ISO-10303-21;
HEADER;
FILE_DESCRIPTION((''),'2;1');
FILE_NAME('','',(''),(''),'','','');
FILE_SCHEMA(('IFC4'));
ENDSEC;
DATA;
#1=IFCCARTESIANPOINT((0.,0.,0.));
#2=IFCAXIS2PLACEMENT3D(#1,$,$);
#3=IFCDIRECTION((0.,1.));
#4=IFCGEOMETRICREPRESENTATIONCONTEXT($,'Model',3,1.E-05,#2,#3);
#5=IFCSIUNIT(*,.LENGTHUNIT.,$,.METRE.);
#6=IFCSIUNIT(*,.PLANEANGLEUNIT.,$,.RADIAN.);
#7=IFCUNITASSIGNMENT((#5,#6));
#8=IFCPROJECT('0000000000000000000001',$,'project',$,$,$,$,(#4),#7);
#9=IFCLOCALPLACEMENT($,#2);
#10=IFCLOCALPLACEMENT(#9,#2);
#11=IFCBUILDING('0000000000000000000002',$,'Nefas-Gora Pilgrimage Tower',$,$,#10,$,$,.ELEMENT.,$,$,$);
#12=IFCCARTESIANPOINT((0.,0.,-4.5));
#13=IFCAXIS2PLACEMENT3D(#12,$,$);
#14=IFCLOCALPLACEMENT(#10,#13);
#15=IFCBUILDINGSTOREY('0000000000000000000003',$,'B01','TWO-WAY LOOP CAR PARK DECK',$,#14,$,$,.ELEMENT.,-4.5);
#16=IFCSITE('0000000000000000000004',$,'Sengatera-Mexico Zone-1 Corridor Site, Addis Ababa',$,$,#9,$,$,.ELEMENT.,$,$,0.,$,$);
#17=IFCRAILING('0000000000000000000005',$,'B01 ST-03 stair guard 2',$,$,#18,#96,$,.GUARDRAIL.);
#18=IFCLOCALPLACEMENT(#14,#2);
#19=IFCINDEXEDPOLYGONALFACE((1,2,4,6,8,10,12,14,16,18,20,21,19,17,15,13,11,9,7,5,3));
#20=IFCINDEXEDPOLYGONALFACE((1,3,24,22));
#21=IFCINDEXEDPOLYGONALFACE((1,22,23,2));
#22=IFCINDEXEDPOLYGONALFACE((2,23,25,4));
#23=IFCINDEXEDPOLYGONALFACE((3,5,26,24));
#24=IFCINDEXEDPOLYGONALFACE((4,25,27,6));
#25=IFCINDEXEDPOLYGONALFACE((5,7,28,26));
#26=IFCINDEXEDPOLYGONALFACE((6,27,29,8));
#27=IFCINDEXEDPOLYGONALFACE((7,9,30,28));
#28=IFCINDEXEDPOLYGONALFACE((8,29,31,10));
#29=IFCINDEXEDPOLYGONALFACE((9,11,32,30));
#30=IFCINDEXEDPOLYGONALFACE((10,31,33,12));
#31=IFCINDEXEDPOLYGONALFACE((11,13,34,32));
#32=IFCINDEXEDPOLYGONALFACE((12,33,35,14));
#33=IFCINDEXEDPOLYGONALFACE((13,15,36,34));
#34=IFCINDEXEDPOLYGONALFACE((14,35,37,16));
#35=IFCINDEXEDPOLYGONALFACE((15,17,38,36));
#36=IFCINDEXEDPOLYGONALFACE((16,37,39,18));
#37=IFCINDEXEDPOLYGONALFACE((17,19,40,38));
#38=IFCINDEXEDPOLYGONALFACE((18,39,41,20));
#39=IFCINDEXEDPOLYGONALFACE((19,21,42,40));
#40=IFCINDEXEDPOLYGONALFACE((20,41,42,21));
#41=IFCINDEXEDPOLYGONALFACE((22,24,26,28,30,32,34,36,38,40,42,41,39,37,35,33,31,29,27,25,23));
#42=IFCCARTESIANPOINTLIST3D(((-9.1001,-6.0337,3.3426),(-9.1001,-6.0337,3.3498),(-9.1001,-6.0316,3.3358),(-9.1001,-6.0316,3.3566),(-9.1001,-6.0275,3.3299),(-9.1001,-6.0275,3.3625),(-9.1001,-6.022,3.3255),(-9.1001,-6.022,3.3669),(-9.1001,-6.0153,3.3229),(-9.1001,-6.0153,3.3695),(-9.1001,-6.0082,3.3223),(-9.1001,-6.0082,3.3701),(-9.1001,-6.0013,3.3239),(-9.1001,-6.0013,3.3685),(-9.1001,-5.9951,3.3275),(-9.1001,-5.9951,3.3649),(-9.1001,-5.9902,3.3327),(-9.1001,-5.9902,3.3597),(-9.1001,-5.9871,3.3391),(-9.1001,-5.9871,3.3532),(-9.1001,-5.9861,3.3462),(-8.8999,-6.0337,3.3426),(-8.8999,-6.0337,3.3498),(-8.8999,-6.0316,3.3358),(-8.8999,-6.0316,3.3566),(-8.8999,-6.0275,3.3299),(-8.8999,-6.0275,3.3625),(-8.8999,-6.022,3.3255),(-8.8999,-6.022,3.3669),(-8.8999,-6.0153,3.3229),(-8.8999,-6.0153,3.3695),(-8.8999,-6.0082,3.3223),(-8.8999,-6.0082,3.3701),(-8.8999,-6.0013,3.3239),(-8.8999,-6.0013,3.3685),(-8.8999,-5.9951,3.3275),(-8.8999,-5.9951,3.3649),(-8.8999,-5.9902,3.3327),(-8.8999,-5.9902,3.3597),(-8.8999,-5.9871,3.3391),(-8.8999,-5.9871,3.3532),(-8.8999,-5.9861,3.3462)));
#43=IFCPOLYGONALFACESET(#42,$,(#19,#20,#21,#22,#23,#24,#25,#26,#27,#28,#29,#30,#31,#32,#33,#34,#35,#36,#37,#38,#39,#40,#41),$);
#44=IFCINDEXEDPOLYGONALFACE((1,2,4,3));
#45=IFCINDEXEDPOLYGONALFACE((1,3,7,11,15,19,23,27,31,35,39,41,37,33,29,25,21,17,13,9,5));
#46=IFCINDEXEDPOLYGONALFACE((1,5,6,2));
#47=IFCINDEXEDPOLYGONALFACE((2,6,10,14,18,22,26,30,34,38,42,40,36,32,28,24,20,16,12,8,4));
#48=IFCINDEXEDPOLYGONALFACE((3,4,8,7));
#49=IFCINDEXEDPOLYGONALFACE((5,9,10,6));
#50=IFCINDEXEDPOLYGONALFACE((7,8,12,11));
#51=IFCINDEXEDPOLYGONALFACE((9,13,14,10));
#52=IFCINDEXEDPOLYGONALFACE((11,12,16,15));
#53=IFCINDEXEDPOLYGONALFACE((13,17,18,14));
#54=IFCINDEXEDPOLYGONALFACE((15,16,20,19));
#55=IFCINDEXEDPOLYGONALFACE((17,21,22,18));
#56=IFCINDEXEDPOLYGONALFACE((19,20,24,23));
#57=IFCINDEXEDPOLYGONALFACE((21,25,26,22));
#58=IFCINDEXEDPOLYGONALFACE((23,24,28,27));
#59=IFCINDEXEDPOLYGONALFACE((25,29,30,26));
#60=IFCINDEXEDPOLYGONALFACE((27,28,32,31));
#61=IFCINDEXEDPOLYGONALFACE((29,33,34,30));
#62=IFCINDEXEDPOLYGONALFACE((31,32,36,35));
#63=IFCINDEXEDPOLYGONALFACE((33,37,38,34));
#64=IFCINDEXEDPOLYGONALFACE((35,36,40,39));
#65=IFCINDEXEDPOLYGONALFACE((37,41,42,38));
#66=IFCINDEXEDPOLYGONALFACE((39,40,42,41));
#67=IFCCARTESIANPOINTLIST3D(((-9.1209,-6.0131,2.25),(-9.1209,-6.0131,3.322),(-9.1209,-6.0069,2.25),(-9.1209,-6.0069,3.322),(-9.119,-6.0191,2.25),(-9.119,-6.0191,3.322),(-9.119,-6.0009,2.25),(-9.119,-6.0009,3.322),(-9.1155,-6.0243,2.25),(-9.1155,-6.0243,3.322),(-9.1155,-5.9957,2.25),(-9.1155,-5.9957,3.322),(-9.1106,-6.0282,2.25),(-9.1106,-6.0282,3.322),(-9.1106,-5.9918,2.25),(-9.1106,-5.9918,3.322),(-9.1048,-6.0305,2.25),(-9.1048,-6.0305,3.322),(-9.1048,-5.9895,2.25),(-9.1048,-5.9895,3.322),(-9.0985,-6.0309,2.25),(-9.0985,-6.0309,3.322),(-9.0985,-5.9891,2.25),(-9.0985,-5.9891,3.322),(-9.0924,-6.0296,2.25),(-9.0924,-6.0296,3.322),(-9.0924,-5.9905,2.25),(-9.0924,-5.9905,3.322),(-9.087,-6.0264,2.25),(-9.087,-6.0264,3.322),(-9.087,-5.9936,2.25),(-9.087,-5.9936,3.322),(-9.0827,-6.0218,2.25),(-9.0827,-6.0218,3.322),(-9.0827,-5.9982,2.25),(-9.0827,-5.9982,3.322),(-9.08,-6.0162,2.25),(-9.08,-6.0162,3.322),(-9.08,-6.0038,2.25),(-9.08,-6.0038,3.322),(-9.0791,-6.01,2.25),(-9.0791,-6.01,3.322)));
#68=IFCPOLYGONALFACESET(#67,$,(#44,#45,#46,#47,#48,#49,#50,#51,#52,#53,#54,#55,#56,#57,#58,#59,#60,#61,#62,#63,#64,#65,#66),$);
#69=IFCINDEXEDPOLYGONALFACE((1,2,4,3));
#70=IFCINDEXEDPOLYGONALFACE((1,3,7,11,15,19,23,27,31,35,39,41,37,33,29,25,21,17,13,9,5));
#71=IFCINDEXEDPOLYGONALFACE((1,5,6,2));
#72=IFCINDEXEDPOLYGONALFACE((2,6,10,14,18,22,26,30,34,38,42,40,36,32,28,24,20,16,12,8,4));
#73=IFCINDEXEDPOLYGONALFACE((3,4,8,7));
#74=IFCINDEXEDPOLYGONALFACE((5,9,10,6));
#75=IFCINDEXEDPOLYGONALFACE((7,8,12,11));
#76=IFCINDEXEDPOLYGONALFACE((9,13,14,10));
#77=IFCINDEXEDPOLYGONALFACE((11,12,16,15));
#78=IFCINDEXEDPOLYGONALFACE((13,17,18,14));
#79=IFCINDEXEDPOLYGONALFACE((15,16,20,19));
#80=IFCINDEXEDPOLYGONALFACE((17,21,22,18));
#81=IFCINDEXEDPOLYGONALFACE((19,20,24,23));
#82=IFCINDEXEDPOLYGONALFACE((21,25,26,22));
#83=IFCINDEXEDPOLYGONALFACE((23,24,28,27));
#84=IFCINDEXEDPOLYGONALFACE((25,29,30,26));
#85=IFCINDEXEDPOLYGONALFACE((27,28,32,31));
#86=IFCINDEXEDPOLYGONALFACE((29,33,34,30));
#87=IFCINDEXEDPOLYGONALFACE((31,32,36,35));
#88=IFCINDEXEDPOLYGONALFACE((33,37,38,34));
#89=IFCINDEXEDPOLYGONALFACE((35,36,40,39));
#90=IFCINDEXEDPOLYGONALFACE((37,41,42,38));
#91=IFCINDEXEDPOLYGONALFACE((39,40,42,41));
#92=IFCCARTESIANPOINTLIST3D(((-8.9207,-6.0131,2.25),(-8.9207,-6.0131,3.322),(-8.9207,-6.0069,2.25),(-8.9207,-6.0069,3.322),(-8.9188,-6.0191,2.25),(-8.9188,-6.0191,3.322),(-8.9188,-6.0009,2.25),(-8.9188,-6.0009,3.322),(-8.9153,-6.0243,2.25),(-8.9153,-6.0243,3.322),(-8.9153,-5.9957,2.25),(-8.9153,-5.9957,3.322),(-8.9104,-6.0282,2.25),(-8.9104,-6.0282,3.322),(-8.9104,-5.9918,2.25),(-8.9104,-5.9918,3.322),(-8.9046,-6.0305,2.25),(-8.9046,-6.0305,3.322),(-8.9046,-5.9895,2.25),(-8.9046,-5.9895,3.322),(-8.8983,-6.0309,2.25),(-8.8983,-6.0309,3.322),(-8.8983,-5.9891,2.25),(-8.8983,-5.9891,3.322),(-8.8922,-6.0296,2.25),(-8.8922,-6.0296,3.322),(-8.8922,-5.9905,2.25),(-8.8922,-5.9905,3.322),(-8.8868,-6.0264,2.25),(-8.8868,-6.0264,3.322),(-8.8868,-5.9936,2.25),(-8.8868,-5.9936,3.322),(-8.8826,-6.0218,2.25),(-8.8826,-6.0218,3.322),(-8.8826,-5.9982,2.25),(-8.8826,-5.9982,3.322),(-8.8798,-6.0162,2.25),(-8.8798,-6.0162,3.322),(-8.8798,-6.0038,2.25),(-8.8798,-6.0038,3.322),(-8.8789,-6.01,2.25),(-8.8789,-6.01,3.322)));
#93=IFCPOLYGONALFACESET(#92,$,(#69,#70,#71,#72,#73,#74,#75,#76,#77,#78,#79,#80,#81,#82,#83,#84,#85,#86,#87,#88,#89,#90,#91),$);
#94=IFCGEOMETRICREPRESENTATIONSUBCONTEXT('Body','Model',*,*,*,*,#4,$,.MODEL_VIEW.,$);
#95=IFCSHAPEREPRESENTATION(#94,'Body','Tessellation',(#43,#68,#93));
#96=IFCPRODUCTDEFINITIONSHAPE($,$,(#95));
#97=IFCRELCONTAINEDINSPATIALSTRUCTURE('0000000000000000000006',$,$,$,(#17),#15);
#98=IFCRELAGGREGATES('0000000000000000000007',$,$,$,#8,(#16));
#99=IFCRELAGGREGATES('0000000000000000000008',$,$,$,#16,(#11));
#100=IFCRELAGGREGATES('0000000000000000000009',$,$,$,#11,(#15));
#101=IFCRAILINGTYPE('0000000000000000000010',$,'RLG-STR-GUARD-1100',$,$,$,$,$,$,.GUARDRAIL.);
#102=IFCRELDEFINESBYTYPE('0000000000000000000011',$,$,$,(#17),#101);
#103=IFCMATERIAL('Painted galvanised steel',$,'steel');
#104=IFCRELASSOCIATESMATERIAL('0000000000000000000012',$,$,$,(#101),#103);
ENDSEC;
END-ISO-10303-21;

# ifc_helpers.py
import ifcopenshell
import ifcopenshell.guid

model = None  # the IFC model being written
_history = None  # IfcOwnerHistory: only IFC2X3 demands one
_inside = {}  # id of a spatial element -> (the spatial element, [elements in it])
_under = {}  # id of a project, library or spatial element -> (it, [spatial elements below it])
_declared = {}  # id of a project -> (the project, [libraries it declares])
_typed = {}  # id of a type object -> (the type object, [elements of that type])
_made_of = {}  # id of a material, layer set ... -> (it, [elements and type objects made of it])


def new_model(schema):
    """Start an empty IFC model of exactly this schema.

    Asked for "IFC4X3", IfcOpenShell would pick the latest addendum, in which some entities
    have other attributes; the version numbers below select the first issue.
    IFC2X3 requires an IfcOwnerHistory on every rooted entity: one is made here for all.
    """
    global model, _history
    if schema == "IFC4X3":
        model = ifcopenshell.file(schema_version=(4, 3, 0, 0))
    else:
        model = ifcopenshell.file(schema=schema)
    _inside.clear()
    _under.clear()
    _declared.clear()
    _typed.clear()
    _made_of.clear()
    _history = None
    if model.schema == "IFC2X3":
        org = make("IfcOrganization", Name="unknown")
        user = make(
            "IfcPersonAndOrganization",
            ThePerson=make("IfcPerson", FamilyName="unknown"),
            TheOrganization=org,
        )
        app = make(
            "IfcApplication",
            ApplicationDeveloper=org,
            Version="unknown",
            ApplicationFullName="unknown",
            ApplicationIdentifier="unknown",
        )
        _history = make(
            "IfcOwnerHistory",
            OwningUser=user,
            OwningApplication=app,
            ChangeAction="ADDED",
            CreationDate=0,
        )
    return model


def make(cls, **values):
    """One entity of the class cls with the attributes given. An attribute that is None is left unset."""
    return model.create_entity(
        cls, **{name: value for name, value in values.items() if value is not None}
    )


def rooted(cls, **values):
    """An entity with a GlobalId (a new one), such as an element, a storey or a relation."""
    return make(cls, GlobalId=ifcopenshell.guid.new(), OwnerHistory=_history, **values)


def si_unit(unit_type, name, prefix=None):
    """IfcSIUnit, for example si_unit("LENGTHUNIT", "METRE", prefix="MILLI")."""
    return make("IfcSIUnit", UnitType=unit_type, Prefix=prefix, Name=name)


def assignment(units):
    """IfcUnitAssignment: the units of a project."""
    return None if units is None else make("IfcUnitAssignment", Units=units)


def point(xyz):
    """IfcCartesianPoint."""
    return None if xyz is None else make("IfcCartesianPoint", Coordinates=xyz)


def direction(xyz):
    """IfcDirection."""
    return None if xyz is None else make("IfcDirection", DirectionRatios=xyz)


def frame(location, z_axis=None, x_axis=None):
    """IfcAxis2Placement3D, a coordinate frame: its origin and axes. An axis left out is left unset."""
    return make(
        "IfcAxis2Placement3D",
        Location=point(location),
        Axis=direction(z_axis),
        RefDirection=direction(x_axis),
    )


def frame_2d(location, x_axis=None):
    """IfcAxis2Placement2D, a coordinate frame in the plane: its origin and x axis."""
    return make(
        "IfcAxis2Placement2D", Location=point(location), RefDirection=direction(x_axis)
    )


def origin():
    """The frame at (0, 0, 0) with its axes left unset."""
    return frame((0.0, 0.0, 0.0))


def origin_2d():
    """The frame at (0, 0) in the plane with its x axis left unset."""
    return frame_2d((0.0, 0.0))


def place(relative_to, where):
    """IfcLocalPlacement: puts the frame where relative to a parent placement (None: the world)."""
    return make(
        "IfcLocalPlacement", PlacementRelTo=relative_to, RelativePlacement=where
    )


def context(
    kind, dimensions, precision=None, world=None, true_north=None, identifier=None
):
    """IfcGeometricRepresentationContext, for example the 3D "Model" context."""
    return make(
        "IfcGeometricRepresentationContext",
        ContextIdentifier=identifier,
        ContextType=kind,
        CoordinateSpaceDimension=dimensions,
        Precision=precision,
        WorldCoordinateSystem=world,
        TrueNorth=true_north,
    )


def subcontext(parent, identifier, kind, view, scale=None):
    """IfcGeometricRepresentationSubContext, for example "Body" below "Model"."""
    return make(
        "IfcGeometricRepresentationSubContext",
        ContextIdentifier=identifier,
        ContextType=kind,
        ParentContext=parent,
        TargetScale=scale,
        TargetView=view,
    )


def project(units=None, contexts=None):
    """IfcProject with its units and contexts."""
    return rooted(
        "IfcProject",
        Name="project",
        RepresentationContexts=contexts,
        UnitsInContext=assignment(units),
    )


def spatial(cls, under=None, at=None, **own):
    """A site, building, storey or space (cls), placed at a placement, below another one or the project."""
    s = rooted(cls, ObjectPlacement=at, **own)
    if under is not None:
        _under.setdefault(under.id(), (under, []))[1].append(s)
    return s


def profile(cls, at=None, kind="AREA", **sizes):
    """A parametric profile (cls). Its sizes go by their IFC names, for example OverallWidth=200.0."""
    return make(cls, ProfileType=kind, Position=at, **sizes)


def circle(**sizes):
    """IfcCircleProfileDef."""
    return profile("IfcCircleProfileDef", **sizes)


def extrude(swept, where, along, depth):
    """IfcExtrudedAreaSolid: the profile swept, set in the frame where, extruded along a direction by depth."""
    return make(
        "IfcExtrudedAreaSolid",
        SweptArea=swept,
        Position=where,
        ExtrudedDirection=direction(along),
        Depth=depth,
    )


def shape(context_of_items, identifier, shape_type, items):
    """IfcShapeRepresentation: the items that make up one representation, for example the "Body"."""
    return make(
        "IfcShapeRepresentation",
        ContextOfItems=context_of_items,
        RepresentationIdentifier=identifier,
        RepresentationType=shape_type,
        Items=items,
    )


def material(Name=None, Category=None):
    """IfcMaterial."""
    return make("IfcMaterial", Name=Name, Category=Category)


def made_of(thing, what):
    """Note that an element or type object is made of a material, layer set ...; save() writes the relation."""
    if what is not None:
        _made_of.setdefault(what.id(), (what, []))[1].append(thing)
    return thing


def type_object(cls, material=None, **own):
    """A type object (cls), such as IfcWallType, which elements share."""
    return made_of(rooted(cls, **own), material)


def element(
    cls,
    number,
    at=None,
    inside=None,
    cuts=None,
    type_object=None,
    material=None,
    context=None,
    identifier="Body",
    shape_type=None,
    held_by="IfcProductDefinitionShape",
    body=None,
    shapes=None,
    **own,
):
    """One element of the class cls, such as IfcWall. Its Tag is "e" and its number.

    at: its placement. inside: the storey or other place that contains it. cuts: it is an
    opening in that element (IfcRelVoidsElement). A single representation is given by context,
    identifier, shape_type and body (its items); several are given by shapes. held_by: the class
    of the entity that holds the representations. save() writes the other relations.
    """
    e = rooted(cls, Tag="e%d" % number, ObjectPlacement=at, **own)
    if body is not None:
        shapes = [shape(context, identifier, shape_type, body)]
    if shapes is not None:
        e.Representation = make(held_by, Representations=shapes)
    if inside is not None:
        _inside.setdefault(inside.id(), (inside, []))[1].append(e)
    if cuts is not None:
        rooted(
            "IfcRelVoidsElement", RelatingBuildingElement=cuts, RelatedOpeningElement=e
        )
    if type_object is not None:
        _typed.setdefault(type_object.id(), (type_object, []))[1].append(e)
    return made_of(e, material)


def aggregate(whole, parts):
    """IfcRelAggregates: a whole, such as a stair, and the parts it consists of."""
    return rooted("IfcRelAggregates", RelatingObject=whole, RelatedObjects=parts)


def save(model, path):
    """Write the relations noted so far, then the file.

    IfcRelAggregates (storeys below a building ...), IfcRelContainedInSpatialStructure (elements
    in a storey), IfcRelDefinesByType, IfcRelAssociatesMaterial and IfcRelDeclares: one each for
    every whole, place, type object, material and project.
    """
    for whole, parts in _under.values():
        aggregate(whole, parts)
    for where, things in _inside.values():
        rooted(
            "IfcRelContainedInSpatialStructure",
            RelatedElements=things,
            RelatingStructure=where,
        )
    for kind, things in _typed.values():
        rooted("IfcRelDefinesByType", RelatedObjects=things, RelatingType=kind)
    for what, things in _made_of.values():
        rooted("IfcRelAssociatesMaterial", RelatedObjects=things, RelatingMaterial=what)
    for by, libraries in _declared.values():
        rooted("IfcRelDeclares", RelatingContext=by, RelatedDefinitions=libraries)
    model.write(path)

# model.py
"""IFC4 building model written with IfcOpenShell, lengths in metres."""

from ifc_helpers import new_model, si_unit, direction, frame, origin, origin_2d, place, context, subcontext, project, spatial, circle, extrude, material, type_object, element, save


model = new_model("IFC4")

# Units and contexts
model_context = context("Model", 3, precision=1e-05, world=origin(), true_north=direction((0.0, 1.0)))
body_context = subcontext(model_context, "Body", "Model", "MODEL_VIEW")
ifc_project = project(units=[si_unit("LENGTHUNIT", "METRE"), si_unit("PLANEANGLEUNIT", "RADIAN")], contexts=[model_context])

# Site, building, storey
site_placement = place(None, origin())
site = spatial("IfcSite", under=ifc_project, at=site_placement, Name="Sengatera-Mexico Zone-1 Corridor Site, Addis Ababa", CompositionType="ELEMENT", RefElevation=0.0)
building_placement = place(site_placement, origin())
building = spatial("IfcBuilding", under=site, at=building_placement, Name="Nefas-Gora Pilgrimage Tower", CompositionType="ELEMENT")
storey_placement = place(building_placement, frame((0.0, 0.0, -4.5)))
storey = spatial("IfcBuildingStorey", under=building, at=storey_placement, Name="B01", Description="TWO-WAY LOOP CAR PARK DECK", CompositionType="ELEMENT", Elevation=-4.5)

# Railing
ifc_material_1 = material(Name="Painted galvanised steel", Category="steel")
railing_type_1 = type_object("IfcRailingType", Name="RLG-STR-GUARD-1100", PredefinedType="GUARDRAIL", material=ifc_material_1)
railing_1_placement = place(storey_placement, frame((-9.1001, -6.01, 2.25)))
element("IfcRailing", 1, at=railing_1_placement, inside=storey, type_object=railing_type_1, Name="B01 ST-03 stair guard 2", PredefinedType="GUARDRAIL", context=body_context, shape_type="SweptSolid", body=[
    extrude(circle(Radius=0.0239, at=origin_2d()), frame((0.0, 0.0, 1.0962), z_axis=(1.0, 0.0, 0.0), x_axis=(0.0, 1.0, 0.0)), (0.0, 0.0, 1.0), 0.2002),
    extrude(circle(Radius=0.021, at=origin_2d()), origin(), (0.0, 0.0, 1.0), 1.072),
    extrude(circle(Radius=0.021, at=origin_2d()), frame((0.2002, 0.0, 0.0)), (0.0, 0.0, 1.0), 1.072),
])

save(model, "model.ifc")
